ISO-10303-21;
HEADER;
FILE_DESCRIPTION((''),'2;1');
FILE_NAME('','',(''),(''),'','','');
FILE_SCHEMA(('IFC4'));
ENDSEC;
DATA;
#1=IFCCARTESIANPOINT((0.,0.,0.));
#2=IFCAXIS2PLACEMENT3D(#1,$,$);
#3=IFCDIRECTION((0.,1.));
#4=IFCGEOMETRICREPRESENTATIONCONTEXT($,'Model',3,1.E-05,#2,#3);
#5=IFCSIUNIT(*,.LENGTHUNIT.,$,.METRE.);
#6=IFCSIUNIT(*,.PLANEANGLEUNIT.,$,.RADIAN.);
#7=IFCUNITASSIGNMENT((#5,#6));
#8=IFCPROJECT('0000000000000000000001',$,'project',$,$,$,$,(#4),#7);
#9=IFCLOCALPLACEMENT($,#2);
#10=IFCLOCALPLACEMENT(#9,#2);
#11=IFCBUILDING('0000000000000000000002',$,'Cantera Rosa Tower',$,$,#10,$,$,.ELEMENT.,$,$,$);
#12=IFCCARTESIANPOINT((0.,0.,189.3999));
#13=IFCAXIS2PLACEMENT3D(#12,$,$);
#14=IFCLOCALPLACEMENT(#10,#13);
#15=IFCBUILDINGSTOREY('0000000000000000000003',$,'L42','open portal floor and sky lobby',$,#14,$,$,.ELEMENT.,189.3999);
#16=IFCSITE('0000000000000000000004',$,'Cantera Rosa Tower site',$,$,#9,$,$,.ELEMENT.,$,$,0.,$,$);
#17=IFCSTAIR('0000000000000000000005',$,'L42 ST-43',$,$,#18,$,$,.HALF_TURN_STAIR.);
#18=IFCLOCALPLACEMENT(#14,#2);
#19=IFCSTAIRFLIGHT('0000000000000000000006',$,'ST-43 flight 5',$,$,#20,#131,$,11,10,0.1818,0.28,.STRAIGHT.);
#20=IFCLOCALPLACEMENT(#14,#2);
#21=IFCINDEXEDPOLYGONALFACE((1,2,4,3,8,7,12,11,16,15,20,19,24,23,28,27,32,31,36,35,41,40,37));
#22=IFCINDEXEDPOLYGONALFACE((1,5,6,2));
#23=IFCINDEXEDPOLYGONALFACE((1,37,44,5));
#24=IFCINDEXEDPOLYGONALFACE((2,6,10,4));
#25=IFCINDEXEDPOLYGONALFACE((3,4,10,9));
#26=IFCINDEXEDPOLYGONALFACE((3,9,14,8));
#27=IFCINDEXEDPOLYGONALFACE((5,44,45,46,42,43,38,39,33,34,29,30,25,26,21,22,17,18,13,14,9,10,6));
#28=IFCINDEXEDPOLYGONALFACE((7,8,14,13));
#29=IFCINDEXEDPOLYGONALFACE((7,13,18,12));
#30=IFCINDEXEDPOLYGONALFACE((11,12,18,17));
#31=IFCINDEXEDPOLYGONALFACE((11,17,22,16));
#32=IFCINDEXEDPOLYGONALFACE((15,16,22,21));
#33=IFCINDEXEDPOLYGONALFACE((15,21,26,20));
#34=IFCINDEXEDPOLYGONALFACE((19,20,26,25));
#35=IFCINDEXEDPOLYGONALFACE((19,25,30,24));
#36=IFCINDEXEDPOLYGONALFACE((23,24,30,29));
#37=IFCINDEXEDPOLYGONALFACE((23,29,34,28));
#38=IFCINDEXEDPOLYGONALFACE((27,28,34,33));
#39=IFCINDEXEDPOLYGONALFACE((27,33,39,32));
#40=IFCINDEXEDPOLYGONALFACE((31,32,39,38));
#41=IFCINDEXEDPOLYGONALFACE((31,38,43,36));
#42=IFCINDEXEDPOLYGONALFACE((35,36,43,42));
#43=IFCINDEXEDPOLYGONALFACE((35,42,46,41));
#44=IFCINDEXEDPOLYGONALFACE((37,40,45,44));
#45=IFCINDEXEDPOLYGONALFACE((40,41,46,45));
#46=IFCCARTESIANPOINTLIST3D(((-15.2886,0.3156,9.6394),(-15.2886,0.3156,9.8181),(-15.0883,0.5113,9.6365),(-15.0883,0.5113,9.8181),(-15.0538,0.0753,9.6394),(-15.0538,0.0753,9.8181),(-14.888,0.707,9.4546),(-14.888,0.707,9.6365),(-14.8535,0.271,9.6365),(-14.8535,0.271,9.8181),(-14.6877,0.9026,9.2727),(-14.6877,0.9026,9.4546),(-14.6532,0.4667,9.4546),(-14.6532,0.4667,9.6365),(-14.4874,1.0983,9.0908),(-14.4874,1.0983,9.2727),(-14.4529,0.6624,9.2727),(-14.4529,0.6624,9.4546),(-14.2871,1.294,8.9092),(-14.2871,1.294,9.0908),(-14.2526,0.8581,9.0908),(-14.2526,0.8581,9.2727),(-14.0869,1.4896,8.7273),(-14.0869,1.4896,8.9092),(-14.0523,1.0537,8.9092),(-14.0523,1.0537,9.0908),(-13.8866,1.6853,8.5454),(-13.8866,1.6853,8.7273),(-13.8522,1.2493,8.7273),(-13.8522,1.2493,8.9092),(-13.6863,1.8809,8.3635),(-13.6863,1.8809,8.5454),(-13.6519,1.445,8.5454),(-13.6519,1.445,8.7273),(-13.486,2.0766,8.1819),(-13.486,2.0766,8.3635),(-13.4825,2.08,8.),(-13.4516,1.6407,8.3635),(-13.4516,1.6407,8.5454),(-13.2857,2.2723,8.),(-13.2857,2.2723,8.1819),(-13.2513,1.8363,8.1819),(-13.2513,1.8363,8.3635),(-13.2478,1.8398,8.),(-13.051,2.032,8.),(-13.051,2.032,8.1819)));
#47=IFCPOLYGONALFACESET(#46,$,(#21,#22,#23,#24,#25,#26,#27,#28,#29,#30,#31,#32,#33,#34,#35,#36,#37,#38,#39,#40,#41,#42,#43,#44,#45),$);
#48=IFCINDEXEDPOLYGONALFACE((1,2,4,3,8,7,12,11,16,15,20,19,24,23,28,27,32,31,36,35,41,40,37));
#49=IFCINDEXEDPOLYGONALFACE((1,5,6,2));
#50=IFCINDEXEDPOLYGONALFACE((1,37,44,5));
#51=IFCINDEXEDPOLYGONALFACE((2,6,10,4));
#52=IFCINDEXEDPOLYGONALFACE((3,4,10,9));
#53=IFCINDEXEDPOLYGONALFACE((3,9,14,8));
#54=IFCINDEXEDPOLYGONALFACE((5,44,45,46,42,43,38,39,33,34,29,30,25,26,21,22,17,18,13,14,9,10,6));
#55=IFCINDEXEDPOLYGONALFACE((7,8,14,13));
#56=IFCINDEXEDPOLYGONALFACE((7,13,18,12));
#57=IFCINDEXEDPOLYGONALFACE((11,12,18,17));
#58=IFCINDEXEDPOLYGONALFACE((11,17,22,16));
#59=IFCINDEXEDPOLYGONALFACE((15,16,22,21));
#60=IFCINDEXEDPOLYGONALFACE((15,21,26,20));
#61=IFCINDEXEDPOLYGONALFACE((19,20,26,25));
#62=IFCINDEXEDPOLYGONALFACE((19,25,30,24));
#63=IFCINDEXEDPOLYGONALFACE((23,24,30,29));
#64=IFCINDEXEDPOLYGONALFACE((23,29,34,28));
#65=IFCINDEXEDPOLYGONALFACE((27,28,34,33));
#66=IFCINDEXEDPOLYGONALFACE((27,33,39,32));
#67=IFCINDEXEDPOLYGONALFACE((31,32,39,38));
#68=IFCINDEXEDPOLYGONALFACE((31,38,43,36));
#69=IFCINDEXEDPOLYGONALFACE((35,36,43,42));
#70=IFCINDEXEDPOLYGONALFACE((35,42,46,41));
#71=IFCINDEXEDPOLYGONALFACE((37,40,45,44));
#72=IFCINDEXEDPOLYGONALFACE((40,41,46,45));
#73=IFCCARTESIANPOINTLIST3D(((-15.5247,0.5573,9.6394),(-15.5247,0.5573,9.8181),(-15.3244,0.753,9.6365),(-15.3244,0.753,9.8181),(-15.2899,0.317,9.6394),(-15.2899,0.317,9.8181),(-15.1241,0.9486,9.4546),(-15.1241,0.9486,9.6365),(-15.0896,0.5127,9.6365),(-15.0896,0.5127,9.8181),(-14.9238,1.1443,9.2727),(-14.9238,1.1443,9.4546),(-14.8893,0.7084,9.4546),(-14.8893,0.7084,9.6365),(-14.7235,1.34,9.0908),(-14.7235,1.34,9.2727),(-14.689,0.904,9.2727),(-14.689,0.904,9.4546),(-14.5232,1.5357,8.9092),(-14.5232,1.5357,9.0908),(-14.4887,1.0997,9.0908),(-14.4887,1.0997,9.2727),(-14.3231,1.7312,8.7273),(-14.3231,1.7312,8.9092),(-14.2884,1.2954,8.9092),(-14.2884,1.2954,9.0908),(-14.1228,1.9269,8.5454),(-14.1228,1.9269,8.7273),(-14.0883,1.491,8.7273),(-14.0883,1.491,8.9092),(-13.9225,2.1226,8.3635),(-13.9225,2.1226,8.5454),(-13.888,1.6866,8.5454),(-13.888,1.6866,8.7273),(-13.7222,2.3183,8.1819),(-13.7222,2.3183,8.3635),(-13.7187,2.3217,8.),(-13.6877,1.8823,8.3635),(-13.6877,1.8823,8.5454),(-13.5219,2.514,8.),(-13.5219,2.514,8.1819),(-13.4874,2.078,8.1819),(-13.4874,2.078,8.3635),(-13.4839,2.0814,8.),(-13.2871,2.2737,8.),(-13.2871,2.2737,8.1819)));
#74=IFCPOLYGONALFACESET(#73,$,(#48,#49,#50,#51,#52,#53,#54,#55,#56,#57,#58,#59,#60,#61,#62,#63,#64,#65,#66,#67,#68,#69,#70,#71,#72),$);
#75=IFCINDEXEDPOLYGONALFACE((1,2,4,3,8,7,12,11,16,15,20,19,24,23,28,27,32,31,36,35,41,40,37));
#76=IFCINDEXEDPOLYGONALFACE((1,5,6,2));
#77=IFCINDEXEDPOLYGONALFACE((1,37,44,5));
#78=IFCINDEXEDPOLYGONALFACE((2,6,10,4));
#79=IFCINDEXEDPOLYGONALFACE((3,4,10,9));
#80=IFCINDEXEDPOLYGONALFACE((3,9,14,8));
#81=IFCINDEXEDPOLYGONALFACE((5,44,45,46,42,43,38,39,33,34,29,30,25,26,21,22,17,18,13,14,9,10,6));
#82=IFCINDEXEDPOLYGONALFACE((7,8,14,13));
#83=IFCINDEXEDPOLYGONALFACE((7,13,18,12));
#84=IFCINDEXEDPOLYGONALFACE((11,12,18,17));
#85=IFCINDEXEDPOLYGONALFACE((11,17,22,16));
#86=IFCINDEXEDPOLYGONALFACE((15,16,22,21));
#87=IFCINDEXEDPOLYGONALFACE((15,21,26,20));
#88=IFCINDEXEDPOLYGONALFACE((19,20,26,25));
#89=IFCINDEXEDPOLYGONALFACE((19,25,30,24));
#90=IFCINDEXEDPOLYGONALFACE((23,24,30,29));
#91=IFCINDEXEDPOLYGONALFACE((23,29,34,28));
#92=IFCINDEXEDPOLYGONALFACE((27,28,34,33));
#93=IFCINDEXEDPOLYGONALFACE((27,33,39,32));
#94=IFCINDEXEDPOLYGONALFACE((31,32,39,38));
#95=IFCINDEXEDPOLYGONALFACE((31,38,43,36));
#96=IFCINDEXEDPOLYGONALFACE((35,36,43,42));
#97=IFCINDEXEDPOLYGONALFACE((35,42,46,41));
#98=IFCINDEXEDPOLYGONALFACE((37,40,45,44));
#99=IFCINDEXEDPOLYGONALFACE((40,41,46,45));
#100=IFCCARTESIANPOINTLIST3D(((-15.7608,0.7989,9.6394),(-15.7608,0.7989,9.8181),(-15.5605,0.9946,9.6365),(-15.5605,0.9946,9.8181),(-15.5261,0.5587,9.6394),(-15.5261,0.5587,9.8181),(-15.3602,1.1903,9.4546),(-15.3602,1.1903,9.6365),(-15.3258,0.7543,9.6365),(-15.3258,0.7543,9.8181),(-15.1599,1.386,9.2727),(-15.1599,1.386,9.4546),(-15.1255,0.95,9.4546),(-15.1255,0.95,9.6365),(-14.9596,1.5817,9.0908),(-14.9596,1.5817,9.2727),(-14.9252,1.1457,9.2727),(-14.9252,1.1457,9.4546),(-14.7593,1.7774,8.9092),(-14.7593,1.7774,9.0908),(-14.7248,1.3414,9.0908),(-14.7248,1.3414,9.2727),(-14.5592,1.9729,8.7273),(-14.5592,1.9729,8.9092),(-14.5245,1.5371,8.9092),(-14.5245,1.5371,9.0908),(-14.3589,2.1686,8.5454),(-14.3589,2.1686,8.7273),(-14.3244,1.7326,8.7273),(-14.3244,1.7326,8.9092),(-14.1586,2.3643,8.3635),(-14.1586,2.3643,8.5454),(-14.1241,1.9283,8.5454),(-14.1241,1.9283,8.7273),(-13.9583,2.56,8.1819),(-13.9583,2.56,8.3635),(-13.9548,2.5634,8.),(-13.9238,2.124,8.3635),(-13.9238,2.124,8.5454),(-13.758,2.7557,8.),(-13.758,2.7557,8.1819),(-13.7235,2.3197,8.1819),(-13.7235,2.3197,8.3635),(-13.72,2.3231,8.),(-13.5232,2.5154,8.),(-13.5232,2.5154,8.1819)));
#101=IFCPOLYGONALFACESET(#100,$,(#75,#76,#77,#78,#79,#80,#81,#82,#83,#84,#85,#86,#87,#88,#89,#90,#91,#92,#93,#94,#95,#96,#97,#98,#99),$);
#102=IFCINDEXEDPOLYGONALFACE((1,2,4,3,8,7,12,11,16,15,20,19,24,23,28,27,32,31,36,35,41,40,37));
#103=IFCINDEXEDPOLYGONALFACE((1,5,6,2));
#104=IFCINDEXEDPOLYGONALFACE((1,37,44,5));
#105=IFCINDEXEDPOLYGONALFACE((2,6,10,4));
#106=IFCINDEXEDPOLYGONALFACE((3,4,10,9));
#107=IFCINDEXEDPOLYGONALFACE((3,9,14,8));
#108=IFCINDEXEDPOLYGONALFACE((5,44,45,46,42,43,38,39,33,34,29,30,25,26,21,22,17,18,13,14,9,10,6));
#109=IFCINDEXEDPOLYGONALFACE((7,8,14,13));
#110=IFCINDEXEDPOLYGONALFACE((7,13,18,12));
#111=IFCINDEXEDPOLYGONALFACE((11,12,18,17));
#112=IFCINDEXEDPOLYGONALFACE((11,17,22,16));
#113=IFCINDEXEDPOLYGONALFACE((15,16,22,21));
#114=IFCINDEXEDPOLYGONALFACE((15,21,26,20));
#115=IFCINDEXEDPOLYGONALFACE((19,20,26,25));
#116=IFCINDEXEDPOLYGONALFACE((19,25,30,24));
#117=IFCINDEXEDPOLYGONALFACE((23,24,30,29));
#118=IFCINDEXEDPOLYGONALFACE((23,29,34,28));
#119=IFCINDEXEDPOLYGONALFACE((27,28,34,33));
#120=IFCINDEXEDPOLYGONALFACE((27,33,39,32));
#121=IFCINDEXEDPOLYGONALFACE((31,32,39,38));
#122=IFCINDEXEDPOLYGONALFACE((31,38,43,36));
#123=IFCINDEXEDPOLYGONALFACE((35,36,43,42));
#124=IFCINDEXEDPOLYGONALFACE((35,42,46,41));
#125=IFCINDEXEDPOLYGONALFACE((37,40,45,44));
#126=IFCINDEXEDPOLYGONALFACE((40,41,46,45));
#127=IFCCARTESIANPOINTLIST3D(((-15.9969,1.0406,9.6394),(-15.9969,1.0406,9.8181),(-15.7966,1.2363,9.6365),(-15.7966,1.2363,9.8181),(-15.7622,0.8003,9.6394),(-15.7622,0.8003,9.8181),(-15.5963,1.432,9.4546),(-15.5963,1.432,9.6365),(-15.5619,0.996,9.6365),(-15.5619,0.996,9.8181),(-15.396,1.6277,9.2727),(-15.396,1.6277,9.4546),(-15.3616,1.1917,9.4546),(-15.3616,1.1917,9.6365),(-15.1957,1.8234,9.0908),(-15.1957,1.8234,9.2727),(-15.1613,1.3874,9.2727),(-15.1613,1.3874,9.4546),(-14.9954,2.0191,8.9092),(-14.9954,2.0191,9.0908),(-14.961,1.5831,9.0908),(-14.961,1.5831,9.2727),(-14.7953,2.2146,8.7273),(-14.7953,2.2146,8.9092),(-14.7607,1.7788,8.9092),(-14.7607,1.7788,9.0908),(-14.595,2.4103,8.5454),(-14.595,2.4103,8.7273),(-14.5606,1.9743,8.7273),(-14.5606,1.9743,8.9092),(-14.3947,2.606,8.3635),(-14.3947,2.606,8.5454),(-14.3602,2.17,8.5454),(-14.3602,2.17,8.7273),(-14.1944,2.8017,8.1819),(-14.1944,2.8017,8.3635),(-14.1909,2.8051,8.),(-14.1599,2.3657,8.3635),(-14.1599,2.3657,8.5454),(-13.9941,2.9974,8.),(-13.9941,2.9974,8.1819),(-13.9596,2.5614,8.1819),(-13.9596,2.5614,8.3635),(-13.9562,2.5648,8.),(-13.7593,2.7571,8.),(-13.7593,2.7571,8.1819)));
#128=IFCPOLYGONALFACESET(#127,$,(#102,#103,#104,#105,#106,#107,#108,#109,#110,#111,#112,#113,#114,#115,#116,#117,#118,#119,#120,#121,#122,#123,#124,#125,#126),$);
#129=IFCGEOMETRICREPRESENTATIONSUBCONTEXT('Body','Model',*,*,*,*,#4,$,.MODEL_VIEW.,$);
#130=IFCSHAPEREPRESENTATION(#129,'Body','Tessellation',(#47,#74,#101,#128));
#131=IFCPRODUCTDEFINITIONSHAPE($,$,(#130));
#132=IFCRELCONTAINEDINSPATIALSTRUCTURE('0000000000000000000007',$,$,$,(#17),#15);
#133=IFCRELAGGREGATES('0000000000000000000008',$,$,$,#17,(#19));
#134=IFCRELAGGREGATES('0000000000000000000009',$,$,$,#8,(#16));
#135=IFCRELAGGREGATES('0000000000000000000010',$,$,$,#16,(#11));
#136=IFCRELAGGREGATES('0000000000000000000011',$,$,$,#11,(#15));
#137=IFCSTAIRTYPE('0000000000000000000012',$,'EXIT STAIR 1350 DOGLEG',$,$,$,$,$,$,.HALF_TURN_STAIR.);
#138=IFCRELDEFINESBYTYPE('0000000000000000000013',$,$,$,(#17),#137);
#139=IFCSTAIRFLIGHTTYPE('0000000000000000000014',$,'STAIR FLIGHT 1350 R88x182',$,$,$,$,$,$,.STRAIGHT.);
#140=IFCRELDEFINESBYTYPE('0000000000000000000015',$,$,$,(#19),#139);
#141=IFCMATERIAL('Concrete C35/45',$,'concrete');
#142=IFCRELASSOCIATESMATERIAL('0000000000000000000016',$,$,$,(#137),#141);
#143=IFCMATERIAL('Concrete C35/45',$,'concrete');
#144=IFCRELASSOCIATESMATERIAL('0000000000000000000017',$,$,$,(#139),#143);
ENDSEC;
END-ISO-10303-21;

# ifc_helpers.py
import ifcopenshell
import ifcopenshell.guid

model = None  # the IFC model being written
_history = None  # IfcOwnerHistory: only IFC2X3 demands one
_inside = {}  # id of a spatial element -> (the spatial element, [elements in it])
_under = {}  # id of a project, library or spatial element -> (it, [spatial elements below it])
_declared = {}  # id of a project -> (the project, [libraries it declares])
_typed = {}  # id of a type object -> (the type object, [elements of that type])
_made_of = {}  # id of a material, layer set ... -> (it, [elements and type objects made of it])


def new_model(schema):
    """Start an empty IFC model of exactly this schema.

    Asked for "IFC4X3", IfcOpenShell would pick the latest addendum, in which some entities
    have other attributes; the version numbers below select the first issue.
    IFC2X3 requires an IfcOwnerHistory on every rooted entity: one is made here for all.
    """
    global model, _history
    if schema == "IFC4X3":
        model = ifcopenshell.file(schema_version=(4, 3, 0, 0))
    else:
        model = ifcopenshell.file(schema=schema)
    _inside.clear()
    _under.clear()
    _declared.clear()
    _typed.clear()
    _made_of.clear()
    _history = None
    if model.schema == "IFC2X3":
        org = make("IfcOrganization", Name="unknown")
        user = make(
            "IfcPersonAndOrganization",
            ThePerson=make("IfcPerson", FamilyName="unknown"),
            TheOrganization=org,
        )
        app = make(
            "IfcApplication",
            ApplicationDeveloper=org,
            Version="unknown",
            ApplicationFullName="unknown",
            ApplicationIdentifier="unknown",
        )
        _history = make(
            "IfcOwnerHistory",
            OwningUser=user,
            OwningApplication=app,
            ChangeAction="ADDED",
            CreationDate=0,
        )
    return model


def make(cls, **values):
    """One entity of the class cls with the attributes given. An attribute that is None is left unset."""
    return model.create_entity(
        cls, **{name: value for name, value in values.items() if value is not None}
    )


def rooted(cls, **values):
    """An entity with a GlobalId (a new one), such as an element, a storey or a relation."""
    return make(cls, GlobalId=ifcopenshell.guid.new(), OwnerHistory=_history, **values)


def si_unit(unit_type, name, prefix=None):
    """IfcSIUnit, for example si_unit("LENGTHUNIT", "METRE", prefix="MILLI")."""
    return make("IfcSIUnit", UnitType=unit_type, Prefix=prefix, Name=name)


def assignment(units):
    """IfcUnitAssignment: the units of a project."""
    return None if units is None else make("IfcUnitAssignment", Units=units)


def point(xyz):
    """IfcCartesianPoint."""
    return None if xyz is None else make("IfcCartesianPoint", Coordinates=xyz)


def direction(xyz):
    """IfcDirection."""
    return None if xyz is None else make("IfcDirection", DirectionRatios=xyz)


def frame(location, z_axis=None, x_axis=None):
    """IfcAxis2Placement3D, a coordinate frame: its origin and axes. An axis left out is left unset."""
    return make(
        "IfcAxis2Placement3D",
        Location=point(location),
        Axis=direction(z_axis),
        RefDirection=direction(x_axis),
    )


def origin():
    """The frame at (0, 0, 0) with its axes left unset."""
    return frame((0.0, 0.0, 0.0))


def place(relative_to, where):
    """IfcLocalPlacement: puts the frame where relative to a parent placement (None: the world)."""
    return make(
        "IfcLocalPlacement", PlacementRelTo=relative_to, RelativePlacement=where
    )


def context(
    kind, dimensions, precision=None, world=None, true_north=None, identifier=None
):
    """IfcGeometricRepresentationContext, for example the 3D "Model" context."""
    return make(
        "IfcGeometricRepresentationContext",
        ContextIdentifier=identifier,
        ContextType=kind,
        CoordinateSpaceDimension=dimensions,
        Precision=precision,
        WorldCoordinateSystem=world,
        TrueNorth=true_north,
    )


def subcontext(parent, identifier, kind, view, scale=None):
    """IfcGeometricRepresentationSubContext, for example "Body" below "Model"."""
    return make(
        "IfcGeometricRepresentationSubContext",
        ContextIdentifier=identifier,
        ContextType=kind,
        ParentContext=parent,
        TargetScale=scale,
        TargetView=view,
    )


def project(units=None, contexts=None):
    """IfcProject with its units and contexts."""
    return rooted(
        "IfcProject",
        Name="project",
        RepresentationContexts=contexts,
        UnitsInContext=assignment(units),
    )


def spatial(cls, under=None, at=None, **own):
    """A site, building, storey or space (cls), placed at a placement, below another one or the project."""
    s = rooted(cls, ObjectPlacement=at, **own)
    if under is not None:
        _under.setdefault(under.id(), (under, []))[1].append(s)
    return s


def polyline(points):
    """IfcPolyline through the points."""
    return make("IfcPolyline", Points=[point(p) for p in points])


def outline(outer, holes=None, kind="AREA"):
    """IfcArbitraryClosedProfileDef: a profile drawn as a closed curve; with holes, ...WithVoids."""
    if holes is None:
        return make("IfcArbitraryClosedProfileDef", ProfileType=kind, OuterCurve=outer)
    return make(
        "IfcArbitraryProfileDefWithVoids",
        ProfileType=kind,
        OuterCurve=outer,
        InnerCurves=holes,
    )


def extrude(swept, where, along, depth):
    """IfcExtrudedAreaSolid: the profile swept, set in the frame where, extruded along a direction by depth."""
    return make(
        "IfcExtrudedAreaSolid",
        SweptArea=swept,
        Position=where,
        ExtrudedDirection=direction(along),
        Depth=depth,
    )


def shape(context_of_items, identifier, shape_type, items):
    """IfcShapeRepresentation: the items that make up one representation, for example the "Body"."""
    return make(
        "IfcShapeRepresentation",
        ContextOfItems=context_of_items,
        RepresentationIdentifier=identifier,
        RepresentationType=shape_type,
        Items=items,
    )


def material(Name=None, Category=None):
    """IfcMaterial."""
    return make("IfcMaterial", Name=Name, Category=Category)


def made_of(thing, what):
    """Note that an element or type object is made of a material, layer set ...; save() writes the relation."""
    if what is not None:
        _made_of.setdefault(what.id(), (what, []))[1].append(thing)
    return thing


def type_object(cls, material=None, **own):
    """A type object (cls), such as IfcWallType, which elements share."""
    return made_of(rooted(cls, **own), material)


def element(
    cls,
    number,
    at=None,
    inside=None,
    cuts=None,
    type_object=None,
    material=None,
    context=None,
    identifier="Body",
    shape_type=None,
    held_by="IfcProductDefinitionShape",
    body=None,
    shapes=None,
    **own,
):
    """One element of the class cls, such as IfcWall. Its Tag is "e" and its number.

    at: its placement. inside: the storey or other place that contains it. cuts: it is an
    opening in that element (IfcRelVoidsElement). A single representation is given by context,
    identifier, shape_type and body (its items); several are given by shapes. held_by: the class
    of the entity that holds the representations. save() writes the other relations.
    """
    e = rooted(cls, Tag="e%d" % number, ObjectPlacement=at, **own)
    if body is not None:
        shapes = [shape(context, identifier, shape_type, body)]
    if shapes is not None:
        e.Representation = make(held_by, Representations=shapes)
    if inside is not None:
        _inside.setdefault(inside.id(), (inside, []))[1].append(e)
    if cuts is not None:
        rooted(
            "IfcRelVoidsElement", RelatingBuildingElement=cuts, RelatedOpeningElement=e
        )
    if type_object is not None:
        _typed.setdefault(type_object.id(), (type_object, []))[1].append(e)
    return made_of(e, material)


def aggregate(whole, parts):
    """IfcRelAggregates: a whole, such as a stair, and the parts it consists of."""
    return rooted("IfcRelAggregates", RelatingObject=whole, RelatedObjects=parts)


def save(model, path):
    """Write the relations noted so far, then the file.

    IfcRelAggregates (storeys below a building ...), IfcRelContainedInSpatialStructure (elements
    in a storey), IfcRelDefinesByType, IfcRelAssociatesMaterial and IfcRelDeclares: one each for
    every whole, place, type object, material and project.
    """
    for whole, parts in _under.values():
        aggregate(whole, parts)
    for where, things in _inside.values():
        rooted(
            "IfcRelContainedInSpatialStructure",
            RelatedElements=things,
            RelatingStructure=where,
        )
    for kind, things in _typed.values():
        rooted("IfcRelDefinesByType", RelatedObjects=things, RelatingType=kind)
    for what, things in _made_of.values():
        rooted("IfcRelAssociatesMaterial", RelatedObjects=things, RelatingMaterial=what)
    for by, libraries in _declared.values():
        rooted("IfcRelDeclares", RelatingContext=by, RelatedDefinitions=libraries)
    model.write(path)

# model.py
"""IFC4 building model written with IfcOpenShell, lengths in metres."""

from ifc_helpers import new_model, si_unit, direction, frame, origin, place, context, subcontext, project, spatial, polyline, outline, extrude, material, type_object, element, aggregate, save


model = new_model("IFC4")

# Units and contexts
model_context = context("Model", 3, precision=1e-05, world=origin(), true_north=direction((0.0, 1.0)))
body_context = subcontext(model_context, "Body", "Model", "MODEL_VIEW")
ifc_project = project(units=[si_unit("LENGTHUNIT", "METRE"), si_unit("PLANEANGLEUNIT", "RADIAN")], contexts=[model_context])

# Site, building, storey
site_placement = place(None, origin())
site = spatial("IfcSite", under=ifc_project, at=site_placement, Name="Cantera Rosa Tower site", CompositionType="ELEMENT", RefElevation=0.0)
building_placement = place(site_placement, origin())
building = spatial("IfcBuilding", under=site, at=building_placement, Name="Cantera Rosa Tower", CompositionType="ELEMENT")
storey_placement = place(building_placement, frame((0.0, 0.0, 189.3999)))
storey = spatial("IfcBuildingStorey", under=building, at=storey_placement, Name="L42", Description="open portal floor and sky lobby", CompositionType="ELEMENT", Elevation=189.3999)

# Stair, stair flight
ifc_material_1 = material(Name="Concrete C35/45", Category="concrete")
stair_type = type_object("IfcStairType", Name="EXIT STAIR 1350 DOGLEG", PredefinedType="HALF_TURN_STAIR", material=ifc_material_1)
stair_placement = place(storey_placement, origin())
stair = element("IfcStair", 1, at=stair_placement, inside=storey, type_object=stair_type, Name="L42 ST-43", PredefinedType="HALF_TURN_STAIR")
ifc_material_2 = material(Name="Concrete C35/45", Category="concrete")
stair_flight_type = type_object("IfcStairFlightType", Name="STAIR FLIGHT 1350 R88x182", PredefinedType="STRAIGHT", material=ifc_material_2)
stair_flight_1_placement = place(storey_placement, frame((-13.5227, 2.5149, 8.0), z_axis=(0.0, 0.0, 1.0), x_axis=(-0.715286, -0.698832, 0.0)))
stair_flight_1 = element("IfcStairFlight", 2, at=stair_flight_1_placement, type_object=stair_flight_type, Name="ST-43 flight 5", NumberOfRisers=11, NumberOfTreads=10, PredefinedType="STRAIGHT", RiserHeight=0.1818, TreadLength=0.28, context=body_context, shape_type="SweptSolid", body=[
    extrude(outline(polyline([(0.0, 0.0), (0.0, 0.1819), (0.28, 0.1819), (0.28, 0.3635), (0.5601, 0.3635), (0.5601, 0.5454), (0.8401, 0.5454), (0.8401, 0.7273), (1.1201, 0.7273), (1.1201, 0.9092), (1.3999, 0.9092), (1.3999, 1.0908), (1.6799, 1.0908), (1.6799, 1.2727), (1.96, 1.2727), (1.96, 1.4546), (2.24, 1.4546), (2.24, 1.6365), (2.52, 1.6365), (2.52, 1.8181), (2.8, 1.8181), (2.8, 2.0), (2.8, 1.6394), (0.2751, 0.0), (0.0, 0.0)])), frame((0.0, 0.675, 0.0), z_axis=(0.0, -1.0, 0.0), x_axis=(1.0, 0.0, 0.0)), (0.0, 0.0, 1.0), 0.3359),
    extrude(outline(polyline([(0.0, 0.0), (0.0, 0.1819), (0.28, 0.1819), (0.28, 0.3635), (0.5601, 0.3635), (0.5601, 0.5454), (0.8401, 0.5454), (0.8401, 0.7273), (1.1201, 0.7273), (1.1201, 0.9092), (1.3999, 0.9092), (1.3999, 1.0908), (1.6799, 1.0908), (1.6799, 1.2727), (1.96, 1.2727), (1.96, 1.4546), (2.24, 1.4546), (2.24, 1.6365), (2.52, 1.6365), (2.52, 1.8181), (2.8, 1.8181), (2.8, 2.0), (2.8, 1.6394), (0.2751, 0.0), (0.0, 0.0)])), frame((0.0, 0.3372, 0.0), z_axis=(0.0, -1.0, 0.0), x_axis=(1.0, 0.0, 0.0)), (0.0, 0.0, 1.0), 0.3359),
    extrude(outline(polyline([(0.0, 0.0), (0.0, 0.1819), (0.28, 0.1819), (0.28, 0.3635), (0.5601, 0.3635), (0.5601, 0.5454), (0.8401, 0.5454), (0.8401, 0.7273), (1.1201, 0.7273), (1.1201, 0.9092), (1.3999, 0.9092), (1.3999, 1.0908), (1.6799, 1.0908), (1.6799, 1.2727), (1.96, 1.2727), (1.96, 1.4546), (2.24, 1.4546), (2.24, 1.6365), (2.52, 1.6365), (2.52, 1.8181), (2.8, 1.8181), (2.8, 2.0), (2.8, 1.6394), (0.2751, 0.0), (0.0, 0.0)])), frame((0.0, -0.0007, 0.0), z_axis=(0.0, -1.0, 0.0), x_axis=(1.0, 0.0, 0.0)), (0.0, 0.0, 1.0), 0.3359),
    extrude(outline(polyline([(0.0, 0.0), (0.0, 0.1819), (0.28, 0.1819), (0.28, 0.3635), (0.5601, 0.3635), (0.5601, 0.5454), (0.8401, 0.5454), (0.8401, 0.7273), (1.1201, 0.7273), (1.1201, 0.9092), (1.3999, 0.9092), (1.3999, 1.0908), (1.6799, 1.0908), (1.6799, 1.2727), (1.96, 1.2727), (1.96, 1.4546), (2.24, 1.4546), (2.24, 1.6365), (2.52, 1.6365), (2.52, 1.8181), (2.8, 1.8181), (2.8, 2.0), (2.8, 1.6394), (0.2751, 0.0), (0.0, 0.0)])), frame((0.0, -0.3386, 0.0), z_axis=(0.0, -1.0, 0.0), x_axis=(1.0, 0.0, 0.0)), (0.0, 0.0, 1.0), 0.3359),
])
aggregate(stair, [stair_flight_1])

save(model, "model.ifc")
